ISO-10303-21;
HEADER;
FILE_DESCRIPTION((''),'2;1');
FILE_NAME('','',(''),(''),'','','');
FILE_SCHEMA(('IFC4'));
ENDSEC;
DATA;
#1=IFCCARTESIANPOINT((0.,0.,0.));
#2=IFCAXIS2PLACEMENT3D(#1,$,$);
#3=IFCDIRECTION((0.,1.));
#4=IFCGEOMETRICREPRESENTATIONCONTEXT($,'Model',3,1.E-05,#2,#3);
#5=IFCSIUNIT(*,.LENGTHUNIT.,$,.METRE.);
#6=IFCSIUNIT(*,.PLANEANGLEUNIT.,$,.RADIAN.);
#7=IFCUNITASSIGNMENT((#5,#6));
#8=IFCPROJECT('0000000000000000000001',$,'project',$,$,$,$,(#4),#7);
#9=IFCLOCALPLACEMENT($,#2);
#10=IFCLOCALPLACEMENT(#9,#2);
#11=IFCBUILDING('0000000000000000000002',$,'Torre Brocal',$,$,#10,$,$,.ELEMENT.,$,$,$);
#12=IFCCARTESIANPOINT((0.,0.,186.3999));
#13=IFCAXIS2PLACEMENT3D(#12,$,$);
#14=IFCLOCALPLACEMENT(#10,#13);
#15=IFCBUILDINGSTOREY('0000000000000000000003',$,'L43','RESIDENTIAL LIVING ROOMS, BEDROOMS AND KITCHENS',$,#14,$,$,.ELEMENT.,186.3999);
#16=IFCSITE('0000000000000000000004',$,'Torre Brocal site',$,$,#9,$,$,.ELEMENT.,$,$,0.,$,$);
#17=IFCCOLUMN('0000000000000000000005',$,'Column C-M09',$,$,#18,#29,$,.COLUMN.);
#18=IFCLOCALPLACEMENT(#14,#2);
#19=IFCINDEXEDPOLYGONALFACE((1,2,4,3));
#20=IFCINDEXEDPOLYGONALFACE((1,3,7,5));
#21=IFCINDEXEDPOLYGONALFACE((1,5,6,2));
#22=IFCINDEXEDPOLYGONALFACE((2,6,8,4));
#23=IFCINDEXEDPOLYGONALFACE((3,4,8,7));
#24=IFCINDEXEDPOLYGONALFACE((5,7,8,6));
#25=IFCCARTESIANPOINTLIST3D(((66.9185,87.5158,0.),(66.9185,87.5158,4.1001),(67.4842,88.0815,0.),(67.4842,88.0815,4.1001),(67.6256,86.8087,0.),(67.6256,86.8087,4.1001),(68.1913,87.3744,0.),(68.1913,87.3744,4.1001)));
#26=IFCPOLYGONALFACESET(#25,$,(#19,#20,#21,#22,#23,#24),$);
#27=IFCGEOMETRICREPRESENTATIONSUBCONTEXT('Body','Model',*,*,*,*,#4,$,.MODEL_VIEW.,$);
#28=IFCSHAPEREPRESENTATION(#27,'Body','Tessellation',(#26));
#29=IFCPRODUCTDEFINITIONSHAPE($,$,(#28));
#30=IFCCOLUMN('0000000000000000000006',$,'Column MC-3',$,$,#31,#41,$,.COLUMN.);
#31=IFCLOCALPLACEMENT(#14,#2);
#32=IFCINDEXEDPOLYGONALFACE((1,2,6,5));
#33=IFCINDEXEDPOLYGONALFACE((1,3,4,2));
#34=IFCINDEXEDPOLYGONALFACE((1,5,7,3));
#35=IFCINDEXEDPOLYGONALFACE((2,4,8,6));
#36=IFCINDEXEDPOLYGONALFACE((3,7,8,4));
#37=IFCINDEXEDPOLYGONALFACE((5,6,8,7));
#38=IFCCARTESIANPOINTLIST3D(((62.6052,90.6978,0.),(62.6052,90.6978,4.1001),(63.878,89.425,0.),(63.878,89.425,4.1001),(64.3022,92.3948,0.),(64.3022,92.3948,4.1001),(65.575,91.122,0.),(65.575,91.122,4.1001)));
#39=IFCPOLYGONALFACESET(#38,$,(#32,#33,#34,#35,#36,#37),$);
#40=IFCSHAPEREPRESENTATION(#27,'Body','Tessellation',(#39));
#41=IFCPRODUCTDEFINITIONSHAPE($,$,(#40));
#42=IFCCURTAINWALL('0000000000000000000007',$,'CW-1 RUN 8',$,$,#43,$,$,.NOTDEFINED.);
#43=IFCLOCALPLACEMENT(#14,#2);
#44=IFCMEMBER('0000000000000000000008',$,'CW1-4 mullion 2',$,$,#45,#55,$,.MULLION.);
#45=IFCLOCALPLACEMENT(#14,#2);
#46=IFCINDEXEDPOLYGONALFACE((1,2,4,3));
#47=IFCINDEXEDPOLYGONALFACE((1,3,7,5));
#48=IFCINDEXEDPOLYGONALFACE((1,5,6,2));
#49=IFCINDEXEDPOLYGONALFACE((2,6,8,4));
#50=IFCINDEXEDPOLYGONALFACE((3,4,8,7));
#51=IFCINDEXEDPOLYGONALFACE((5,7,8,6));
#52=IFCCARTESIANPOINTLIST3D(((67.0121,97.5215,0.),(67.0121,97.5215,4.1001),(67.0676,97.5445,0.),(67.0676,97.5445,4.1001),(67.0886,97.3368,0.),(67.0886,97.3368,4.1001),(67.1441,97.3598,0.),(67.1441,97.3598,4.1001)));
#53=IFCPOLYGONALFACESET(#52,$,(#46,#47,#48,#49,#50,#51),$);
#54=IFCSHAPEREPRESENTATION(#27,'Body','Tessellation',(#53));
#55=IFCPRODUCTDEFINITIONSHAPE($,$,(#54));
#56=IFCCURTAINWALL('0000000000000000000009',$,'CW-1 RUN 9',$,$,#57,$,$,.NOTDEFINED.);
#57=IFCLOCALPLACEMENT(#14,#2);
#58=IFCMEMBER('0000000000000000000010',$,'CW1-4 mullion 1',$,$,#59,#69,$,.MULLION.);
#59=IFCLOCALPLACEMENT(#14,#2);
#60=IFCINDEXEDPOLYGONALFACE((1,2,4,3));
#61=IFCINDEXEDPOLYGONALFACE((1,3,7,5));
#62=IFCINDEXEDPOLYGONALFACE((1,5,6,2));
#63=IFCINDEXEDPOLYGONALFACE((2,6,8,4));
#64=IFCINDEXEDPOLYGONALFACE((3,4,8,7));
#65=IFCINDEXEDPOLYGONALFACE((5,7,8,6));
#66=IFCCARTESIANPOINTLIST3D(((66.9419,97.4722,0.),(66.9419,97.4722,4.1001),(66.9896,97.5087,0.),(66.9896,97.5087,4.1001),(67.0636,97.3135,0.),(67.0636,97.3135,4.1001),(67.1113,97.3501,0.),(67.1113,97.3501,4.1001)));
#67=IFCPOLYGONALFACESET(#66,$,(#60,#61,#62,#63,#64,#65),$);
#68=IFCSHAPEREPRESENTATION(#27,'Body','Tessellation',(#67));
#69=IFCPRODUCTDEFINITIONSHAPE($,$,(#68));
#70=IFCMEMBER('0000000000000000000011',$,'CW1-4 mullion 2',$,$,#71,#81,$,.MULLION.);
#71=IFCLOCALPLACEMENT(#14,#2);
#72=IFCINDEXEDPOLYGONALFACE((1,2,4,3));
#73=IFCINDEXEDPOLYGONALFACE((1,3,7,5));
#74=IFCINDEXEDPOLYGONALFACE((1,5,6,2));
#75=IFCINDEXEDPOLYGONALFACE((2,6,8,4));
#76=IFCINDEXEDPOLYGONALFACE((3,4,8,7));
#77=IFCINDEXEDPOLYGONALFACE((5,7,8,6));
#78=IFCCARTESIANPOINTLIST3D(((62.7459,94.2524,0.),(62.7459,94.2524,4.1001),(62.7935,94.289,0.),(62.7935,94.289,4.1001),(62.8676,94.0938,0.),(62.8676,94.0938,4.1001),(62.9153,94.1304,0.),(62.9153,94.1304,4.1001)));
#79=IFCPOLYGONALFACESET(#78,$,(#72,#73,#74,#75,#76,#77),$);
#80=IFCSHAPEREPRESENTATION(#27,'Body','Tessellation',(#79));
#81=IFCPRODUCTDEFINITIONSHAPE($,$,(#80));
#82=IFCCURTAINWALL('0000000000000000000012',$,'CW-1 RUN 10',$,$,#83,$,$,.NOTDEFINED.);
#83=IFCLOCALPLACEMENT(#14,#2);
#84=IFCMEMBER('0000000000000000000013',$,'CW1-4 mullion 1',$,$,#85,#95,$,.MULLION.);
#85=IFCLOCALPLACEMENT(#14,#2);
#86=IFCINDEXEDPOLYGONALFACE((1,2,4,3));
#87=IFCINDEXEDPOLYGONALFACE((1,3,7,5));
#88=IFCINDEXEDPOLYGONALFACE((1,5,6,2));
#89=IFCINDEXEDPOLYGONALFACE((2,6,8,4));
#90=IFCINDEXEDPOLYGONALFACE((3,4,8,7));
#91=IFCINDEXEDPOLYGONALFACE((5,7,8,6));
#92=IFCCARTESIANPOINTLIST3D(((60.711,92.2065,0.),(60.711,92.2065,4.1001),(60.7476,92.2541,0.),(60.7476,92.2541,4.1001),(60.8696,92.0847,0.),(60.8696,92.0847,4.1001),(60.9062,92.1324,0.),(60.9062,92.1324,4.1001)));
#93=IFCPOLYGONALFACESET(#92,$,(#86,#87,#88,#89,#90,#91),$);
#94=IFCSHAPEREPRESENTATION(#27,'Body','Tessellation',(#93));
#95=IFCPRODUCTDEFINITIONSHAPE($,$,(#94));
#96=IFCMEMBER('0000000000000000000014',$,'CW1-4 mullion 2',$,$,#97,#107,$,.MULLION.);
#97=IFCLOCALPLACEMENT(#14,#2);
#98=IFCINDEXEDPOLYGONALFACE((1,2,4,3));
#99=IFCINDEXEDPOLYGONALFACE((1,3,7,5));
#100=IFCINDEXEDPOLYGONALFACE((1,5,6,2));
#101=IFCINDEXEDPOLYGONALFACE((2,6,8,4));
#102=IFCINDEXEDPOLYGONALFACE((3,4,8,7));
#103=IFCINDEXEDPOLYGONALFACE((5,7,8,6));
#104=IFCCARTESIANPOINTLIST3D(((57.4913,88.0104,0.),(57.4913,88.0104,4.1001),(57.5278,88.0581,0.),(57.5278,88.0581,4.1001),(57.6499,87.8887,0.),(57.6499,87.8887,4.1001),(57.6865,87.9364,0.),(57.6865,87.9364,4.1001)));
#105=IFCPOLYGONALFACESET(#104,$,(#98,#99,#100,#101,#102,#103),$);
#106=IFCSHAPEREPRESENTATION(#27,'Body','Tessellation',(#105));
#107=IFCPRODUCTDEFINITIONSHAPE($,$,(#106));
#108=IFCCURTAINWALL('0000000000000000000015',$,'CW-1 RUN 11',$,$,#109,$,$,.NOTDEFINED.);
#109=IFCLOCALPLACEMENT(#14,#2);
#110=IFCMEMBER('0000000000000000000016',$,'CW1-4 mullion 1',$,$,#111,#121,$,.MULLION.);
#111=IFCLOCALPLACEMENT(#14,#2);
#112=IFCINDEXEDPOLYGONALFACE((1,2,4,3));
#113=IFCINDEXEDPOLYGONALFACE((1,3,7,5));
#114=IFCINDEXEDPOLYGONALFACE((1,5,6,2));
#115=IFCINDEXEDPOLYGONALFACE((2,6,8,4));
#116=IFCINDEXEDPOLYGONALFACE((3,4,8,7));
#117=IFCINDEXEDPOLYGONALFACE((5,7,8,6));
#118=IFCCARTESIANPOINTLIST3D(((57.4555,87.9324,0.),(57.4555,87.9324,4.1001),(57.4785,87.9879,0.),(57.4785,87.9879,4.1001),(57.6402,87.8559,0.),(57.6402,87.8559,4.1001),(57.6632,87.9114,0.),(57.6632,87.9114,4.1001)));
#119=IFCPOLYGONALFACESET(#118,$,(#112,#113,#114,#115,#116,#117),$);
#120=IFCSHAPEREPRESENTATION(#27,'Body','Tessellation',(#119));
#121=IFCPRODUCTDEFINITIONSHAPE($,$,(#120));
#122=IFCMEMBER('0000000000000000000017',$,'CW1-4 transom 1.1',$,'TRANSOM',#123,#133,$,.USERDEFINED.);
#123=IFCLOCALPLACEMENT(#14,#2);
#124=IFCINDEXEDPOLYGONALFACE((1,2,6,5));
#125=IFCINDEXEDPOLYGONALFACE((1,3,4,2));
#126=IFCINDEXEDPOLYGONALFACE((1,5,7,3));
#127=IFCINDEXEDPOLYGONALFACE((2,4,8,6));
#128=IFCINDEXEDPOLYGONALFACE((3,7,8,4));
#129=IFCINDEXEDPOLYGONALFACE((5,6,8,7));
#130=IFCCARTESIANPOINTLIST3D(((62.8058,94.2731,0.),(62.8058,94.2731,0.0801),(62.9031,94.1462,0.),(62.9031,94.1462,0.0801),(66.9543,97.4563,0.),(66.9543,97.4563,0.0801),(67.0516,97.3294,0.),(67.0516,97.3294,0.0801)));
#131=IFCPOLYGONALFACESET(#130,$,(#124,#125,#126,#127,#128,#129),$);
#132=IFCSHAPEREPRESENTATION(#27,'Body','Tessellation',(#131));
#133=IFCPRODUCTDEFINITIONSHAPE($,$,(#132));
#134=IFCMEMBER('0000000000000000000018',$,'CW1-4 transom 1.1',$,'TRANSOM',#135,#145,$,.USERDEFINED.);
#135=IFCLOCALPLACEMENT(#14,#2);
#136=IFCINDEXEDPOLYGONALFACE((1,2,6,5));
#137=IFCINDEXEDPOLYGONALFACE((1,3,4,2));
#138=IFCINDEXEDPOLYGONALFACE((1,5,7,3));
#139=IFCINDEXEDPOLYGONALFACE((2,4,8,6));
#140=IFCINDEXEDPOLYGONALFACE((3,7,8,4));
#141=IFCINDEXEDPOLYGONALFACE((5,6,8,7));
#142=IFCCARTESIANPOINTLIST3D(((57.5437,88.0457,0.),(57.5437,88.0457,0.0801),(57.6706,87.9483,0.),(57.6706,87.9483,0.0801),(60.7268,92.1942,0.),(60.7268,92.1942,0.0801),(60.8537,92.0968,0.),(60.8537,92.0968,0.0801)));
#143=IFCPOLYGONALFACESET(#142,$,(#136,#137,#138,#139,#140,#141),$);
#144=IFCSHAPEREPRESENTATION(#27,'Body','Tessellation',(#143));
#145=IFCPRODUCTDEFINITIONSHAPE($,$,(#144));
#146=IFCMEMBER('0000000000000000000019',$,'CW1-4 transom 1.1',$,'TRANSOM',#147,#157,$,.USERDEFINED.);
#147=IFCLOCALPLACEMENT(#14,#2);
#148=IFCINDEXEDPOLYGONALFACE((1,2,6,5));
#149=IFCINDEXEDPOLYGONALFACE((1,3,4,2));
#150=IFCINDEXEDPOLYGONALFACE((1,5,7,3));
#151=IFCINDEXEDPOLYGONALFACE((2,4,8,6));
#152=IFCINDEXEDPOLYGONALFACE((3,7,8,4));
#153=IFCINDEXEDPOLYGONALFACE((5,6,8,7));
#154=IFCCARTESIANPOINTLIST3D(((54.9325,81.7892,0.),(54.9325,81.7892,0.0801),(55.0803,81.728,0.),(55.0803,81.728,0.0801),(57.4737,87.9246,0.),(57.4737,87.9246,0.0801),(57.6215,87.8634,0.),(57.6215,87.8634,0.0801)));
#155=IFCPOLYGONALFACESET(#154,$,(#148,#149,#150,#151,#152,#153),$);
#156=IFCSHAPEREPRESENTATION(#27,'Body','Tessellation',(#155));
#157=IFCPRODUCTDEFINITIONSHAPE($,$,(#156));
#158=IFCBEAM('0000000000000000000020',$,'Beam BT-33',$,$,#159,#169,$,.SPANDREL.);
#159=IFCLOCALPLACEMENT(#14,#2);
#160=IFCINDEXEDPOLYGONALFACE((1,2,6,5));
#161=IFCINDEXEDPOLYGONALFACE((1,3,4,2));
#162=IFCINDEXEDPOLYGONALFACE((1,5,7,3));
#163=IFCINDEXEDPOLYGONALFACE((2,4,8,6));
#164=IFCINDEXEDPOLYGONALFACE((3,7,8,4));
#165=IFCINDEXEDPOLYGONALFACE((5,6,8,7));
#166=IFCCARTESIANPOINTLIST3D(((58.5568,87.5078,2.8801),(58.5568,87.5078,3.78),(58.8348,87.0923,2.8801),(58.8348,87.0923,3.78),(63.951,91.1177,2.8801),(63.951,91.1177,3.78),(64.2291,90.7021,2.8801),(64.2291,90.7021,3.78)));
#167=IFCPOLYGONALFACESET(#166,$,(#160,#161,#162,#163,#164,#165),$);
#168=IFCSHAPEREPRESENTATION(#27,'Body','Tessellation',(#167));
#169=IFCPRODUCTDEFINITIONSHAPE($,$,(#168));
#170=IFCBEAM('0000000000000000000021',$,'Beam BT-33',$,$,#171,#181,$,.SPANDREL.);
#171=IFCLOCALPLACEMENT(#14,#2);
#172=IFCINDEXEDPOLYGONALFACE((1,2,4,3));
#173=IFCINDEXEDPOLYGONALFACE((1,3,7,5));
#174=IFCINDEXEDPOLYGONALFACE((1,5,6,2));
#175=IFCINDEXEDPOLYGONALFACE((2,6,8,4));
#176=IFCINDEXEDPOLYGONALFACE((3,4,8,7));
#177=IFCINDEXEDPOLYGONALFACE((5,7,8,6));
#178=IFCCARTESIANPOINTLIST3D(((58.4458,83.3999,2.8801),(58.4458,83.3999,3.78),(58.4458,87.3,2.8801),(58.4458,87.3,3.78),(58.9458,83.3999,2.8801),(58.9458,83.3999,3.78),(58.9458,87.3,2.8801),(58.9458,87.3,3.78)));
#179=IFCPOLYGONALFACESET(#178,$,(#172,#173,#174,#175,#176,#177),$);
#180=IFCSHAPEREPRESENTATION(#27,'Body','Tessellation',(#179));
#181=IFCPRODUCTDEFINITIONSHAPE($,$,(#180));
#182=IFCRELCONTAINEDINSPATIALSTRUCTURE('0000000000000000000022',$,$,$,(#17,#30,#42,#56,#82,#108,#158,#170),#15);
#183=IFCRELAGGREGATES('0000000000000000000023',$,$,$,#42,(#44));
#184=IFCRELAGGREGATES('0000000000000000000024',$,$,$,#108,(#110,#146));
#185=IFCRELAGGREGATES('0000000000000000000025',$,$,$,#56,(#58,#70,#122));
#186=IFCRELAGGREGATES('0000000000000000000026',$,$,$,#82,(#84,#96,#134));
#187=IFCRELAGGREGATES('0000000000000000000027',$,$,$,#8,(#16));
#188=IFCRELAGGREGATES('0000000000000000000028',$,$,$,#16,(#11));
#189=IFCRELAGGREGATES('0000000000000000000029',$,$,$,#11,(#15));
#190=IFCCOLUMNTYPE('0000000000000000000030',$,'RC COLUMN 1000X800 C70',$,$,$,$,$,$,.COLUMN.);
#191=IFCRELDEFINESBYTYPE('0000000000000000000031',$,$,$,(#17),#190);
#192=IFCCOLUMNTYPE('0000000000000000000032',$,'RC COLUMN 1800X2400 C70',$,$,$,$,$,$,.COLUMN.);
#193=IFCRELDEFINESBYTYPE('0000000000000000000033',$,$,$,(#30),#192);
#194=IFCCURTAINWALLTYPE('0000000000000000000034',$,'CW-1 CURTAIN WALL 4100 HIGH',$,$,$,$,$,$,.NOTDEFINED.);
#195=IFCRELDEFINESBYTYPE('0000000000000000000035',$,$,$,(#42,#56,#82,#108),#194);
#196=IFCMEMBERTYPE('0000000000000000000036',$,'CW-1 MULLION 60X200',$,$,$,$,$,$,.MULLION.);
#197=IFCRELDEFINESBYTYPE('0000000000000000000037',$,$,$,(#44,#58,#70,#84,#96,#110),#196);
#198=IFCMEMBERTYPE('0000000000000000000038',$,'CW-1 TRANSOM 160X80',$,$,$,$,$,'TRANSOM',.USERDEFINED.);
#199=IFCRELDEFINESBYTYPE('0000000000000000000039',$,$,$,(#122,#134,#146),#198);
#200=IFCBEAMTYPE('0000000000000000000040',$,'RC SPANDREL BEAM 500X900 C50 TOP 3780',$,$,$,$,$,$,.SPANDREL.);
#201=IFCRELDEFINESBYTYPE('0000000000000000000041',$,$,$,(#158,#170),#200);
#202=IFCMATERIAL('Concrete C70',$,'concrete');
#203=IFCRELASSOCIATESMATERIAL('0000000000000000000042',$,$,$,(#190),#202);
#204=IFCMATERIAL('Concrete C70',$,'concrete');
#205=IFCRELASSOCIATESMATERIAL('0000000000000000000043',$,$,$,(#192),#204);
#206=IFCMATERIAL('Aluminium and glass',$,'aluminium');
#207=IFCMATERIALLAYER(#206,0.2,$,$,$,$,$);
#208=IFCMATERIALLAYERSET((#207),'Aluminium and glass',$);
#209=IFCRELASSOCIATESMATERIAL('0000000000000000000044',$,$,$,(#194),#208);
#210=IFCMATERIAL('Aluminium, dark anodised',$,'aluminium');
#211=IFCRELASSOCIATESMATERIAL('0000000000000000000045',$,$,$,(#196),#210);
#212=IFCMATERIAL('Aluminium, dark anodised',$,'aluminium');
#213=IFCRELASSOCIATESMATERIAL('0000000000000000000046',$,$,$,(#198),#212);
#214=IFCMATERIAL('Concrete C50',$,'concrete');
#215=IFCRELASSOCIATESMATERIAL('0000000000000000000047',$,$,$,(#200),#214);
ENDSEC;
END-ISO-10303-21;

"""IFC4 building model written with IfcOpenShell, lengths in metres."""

from ifc_helpers import new_model, si_unit, direction, frame, origin, origin_2d, place, context, subcontext, project, spatial, rectangle, extrude, material, layer, layer_set, material_profile, profile_set, type_object, element, aggregate, save


model = new_model("IFC4")

# Units and contexts
model_context = context("Model", 3, precision=1e-05, world=origin(), true_north=direction((0.0, 1.0)))
body_context = subcontext(model_context, "Body", "Model", "MODEL_VIEW")
ifc_project = project(units=[si_unit("LENGTHUNIT", "METRE"), si_unit("PLANEANGLEUNIT", "RADIAN")], contexts=[model_context])

# Site, building, storey
site_placement = place(None, origin())
site = spatial("IfcSite", under=ifc_project, at=site_placement, Name="Torre Brocal site", CompositionType="ELEMENT", RefElevation=0.0)
building_placement = place(site_placement, origin())
building = spatial("IfcBuilding", under=site, at=building_placement, Name="Torre Brocal", CompositionType="ELEMENT")
storey_placement = place(building_placement, frame((0.0, 0.0, 186.3999)))
storey = spatial("IfcBuildingStorey", under=building, at=storey_placement, Name="L43", Description="RESIDENTIAL LIVING ROOMS, BEDROOMS AND KITCHENS", CompositionType="ELEMENT", Elevation=186.3999)

# Columns
ifc_material_1 = material(Name="Concrete C70", Category="concrete")
ifc_material_profile_1 = material_profile(ifc_material_1, rectangle(XDim=1.0, YDim=0.8, at=origin_2d()), Name="RC 1000X800")
ifc_profile_set_1 = profile_set([ifc_material_profile_1], Name="Concrete C70")
column_type_1 = type_object("IfcColumnType", Name="RC COLUMN 1000X800 C70", PredefinedType="COLUMN", material=ifc_profile_set_1)
column_1_placement = place(storey_placement, frame((67.5549, 87.4451, 0.0), z_axis=(0.0, 0.0, 1.0), x_axis=(-0.707107, 0.707107, 0.0)))
element("IfcColumn", 1, at=column_1_placement, inside=storey, type_object=column_type_1, Name="Column C-M09", PredefinedType="COLUMN", context=body_context, shape_type="SweptSolid", body=[
    extrude(rectangle(XDim=1.0, YDim=0.8, at=origin_2d()), origin(), (0.0, 0.0, 1.0), 4.1001),
])
ifc_material_2 = material(Name="Concrete C70", Category="concrete")
ifc_material_profile_2 = material_profile(ifc_material_2, rectangle(XDim=1.8, YDim=2.3999, at=origin_2d()), Name="RC 1800X2400")
ifc_profile_set_2 = profile_set([ifc_material_profile_2], Name="Concrete C70")
column_type_2 = type_object("IfcColumnType", Name="RC COLUMN 1800X2400 C70", PredefinedType="COLUMN", material=ifc_profile_set_2)
column_2_placement = place(storey_placement, frame((64.0901, 90.9099, 0.0), z_axis=(0.0, 0.0, 1.0), x_axis=(-0.707107, 0.707107, 0.0)))
element("IfcColumn", 2, at=column_2_placement, inside=storey, type_object=column_type_2, Name="Column MC-3", PredefinedType="COLUMN", context=body_context, shape_type="SweptSolid", body=[
    extrude(rectangle(XDim=1.8, YDim=2.3999, at=origin_2d()), origin(), (0.0, 0.0, 1.0), 4.1001),
])

# Curtain wall, member
ifc_material_3 = material(Name="Aluminium and glass", Category="aluminium")
ifc_layer_1 = layer(ifc_material_3, 0.2)
ifc_layer_set_1 = layer_set([ifc_layer_1], Name="Aluminium and glass")
curtain_wall_type = type_object("IfcCurtainWallType", Name="CW-1 CURTAIN WALL 4100 HIGH", PredefinedType="NOTDEFINED", material=ifc_layer_set_1)
curtain_wall_1_placement = place(storey_placement, origin())
curtain_wall_1 = element("IfcCurtainWall", 3, at=curtain_wall_1_placement, inside=storey, type_object=curtain_wall_type, Name="CW-1 RUN 8", PredefinedType="NOTDEFINED")
ifc_material_4 = material(Name="Aluminium, dark anodised", Category="aluminium")
ifc_material_profile_3 = material_profile(ifc_material_4, rectangle(XDim=0.2, YDim=0.0601, at=origin_2d()), Name="CW-1 MULLION 60X200")
ifc_profile_set_3 = profile_set([ifc_material_profile_3], Name="Aluminium, dark anodised")
member_type_1 = type_object("IfcMemberType", Name="CW-1 MULLION 60X200", PredefinedType="MULLION", material=ifc_profile_set_3)
member_1_placement = place(storey_placement, frame((67.0781, 97.4407, 0.0), z_axis=(0.0, 0.0, 1.0), x_axis=(0.382683, -0.92388, 0.0)))
member_1 = element("IfcMember", 4, at=member_1_placement, type_object=member_type_1, Name="CW1-4 mullion 2", PredefinedType="MULLION", context=body_context, shape_type="SweptSolid", body=[
    extrude(rectangle(XDim=0.2, YDim=0.0601, at=origin_2d()), origin(), (0.0, 0.0, 1.0), 4.1001),
])
aggregate(curtain_wall_1, [member_1])

# Curtain walls, members
curtain_wall_2_placement = place(storey_placement, origin())
curtain_wall_2 = element("IfcCurtainWall", 5, at=curtain_wall_2_placement, inside=storey, type_object=curtain_wall_type, Name="CW-1 RUN 9", PredefinedType="NOTDEFINED")
member_2_placement = place(storey_placement, frame((67.0266, 97.4111, 0.0), z_axis=(0.0, 0.0, 1.0), x_axis=(0.608761, -0.793353, 0.0)))
member_2 = element("IfcMember", 6, at=member_2_placement, type_object=member_type_1, Name="CW1-4 mullion 1", PredefinedType="MULLION", context=body_context, shape_type="SweptSolid", body=[
    extrude(rectangle(XDim=0.2, YDim=0.0601, at=origin_2d()), origin(), (0.0, 0.0, 1.0), 4.1001),
])
member_3_placement = place(storey_placement, frame((62.8306, 94.1914, 0.0), z_axis=(0.0, 0.0, 1.0), x_axis=(0.608761, -0.793353, 0.0)))
member_3 = element("IfcMember", 7, at=member_3_placement, type_object=member_type_1, Name="CW1-4 mullion 2", PredefinedType="MULLION", context=body_context, shape_type="SweptSolid", body=[
    extrude(rectangle(XDim=0.2, YDim=0.0601, at=origin_2d()), origin(), (0.0, 0.0, 1.0), 4.1001),
])
curtain_wall_3_placement = place(storey_placement, origin())
curtain_wall_3 = element("IfcCurtainWall", 8, at=curtain_wall_3_placement, inside=storey, type_object=curtain_wall_type, Name="CW-1 RUN 10", PredefinedType="NOTDEFINED")
member_4_placement = place(storey_placement, frame((60.8086, 92.1694, 0.0), z_axis=(0.0, 0.0, 1.0), x_axis=(0.793353, -0.608761, 0.0)))
member_4 = element("IfcMember", 9, at=member_4_placement, type_object=member_type_1, Name="CW1-4 mullion 1", PredefinedType="MULLION", context=body_context, shape_type="SweptSolid", body=[
    extrude(rectangle(XDim=0.2, YDim=0.0601, at=origin_2d()), origin(), (0.0, 0.0, 1.0), 4.1001),
])
member_5_placement = place(storey_placement, frame((57.5889, 87.9734, 0.0), z_axis=(0.0, 0.0, 1.0), x_axis=(0.793353, -0.608761, 0.0)))
member_5 = element("IfcMember", 10, at=member_5_placement, type_object=member_type_1, Name="CW1-4 mullion 2", PredefinedType="MULLION", context=body_context, shape_type="SweptSolid", body=[
    extrude(rectangle(XDim=0.2, YDim=0.0601, at=origin_2d()), origin(), (0.0, 0.0, 1.0), 4.1001),
])

# Curtain wall, member
curtain_wall_4_placement = place(storey_placement, origin())
curtain_wall_4 = element("IfcCurtainWall", 11, at=curtain_wall_4_placement, inside=storey, type_object=curtain_wall_type, Name="CW-1 RUN 11", PredefinedType="NOTDEFINED")
member_6_placement = place(storey_placement, frame((57.5593, 87.9219, 0.0), z_axis=(0.0, 0.0, 1.0), x_axis=(0.92388, -0.382683, 0.0)))
member_6 = element("IfcMember", 12, at=member_6_placement, type_object=member_type_1, Name="CW1-4 mullion 1", PredefinedType="MULLION", context=body_context, shape_type="SweptSolid", body=[
    extrude(rectangle(XDim=0.2, YDim=0.0601, at=origin_2d()), origin(), (0.0, 0.0, 1.0), 4.1001),
])

# Members
ifc_material_5 = material(Name="Aluminium, dark anodised", Category="aluminium")
ifc_material_profile_4 = material_profile(ifc_material_5, rectangle(XDim=0.1599, YDim=0.0801, at=origin_2d()), Name="CW-1 TRANSOM 160X80")
ifc_profile_set_4 = profile_set([ifc_material_profile_4], Name="Aluminium, dark anodised")
member_type_2 = type_object("IfcMemberType", Name="CW-1 TRANSOM 160X80", ElementType="TRANSOM", PredefinedType="USERDEFINED", material=ifc_profile_set_4)
member_7_placement = place(storey_placement, frame((67.0029, 97.3928, 0.04), z_axis=(-0.793363, -0.608749, 0.0), x_axis=(0.608749, -0.793363, 0.0)))
member_7 = element("IfcMember", 13, at=member_7_placement, type_object=member_type_2, Name="CW1-4 transom 1.1", ObjectType="TRANSOM", PredefinedType="USERDEFINED", context=body_context, shape_type="SweptSolid", body=[
    extrude(rectangle(XDim=0.1599, YDim=0.0801, at=origin_2d()), origin(), (0.0, 0.0, 1.0), 5.229),
])
member_8_placement = place(storey_placement, frame((60.7903, 92.1455, 0.04), z_axis=(-0.608749, -0.793363, 0.0), x_axis=(0.793363, -0.608749, 0.0)))
member_8 = element("IfcMember", 14, at=member_8_placement, type_object=member_type_2, Name="CW1-4 transom 1.1", ObjectType="TRANSOM", PredefinedType="USERDEFINED", context=body_context, shape_type="SweptSolid", body=[
    extrude(rectangle(XDim=0.1599, YDim=0.0801, at=origin_2d()), origin(), (0.0, 0.0, 1.0), 5.229),
])
member_9_placement = place(storey_placement, frame((57.5476, 87.894, 0.04), z_axis=(-0.382665, -0.923887, 0.0), x_axis=(0.923887, -0.382665, 0.0)))
member_9 = element("IfcMember", 15, at=member_9_placement, type_object=member_type_2, Name="CW1-4 transom 1.1", ObjectType="TRANSOM", PredefinedType="USERDEFINED", context=body_context, shape_type="SweptSolid", body=[
    extrude(rectangle(XDim=0.1599, YDim=0.0801, at=origin_2d()), origin(), (0.0, 0.0, 1.0), 6.6409),
])
aggregate(curtain_wall_4, [member_6, member_9])

# Beams
ifc_material_6 = material(Name="Concrete C50", Category="concrete")
ifc_material_profile_5 = material_profile(ifc_material_6, rectangle(XDim=0.5, YDim=0.8999, at=origin_2d()), Name="RC 500X900")
ifc_profile_set_5 = profile_set([ifc_material_profile_5], Name="Concrete C50")
beam_type = type_object("IfcBeamType", Name="RC SPANDREL BEAM 500X900 C50 TOP 3780", PredefinedType="SPANDREL", material=ifc_profile_set_5)
beam_1_placement = place(storey_placement, frame((64.0901, 90.9099, 3.3301), z_axis=(-0.831077, -0.556158, 0.0), x_axis=(0.556158, -0.831077, 0.0)))
element("IfcBeam", 16, at=beam_1_placement, inside=storey, type_object=beam_type, Name="Beam BT-33", PredefinedType="SPANDREL", context=body_context, shape_type="SweptSolid", body=[
    extrude(rectangle(XDim=0.5, YDim=0.8999, at=origin_2d()), origin(), (0.0, 0.0, 1.0), 6.4907),
])
beam_2_placement = place(storey_placement, frame((58.6958, 87.3, 3.3301), z_axis=(0.0, -1.0, 0.0), x_axis=(1.0, 0.0, 0.0)))
element("IfcBeam", 17, at=beam_2_placement, inside=storey, type_object=beam_type, Name="Beam BT-33", PredefinedType="SPANDREL", context=body_context, shape_type="SweptSolid", body=[
    extrude(rectangle(XDim=0.5, YDim=0.8999, at=origin_2d()), origin(), (0.0, 0.0, 1.0), 3.9001),
])

aggregate(curtain_wall_2, [member_2, member_3, member_7])
aggregate(curtain_wall_3, [member_4, member_5, member_8])

save(model, "model.ifc")
